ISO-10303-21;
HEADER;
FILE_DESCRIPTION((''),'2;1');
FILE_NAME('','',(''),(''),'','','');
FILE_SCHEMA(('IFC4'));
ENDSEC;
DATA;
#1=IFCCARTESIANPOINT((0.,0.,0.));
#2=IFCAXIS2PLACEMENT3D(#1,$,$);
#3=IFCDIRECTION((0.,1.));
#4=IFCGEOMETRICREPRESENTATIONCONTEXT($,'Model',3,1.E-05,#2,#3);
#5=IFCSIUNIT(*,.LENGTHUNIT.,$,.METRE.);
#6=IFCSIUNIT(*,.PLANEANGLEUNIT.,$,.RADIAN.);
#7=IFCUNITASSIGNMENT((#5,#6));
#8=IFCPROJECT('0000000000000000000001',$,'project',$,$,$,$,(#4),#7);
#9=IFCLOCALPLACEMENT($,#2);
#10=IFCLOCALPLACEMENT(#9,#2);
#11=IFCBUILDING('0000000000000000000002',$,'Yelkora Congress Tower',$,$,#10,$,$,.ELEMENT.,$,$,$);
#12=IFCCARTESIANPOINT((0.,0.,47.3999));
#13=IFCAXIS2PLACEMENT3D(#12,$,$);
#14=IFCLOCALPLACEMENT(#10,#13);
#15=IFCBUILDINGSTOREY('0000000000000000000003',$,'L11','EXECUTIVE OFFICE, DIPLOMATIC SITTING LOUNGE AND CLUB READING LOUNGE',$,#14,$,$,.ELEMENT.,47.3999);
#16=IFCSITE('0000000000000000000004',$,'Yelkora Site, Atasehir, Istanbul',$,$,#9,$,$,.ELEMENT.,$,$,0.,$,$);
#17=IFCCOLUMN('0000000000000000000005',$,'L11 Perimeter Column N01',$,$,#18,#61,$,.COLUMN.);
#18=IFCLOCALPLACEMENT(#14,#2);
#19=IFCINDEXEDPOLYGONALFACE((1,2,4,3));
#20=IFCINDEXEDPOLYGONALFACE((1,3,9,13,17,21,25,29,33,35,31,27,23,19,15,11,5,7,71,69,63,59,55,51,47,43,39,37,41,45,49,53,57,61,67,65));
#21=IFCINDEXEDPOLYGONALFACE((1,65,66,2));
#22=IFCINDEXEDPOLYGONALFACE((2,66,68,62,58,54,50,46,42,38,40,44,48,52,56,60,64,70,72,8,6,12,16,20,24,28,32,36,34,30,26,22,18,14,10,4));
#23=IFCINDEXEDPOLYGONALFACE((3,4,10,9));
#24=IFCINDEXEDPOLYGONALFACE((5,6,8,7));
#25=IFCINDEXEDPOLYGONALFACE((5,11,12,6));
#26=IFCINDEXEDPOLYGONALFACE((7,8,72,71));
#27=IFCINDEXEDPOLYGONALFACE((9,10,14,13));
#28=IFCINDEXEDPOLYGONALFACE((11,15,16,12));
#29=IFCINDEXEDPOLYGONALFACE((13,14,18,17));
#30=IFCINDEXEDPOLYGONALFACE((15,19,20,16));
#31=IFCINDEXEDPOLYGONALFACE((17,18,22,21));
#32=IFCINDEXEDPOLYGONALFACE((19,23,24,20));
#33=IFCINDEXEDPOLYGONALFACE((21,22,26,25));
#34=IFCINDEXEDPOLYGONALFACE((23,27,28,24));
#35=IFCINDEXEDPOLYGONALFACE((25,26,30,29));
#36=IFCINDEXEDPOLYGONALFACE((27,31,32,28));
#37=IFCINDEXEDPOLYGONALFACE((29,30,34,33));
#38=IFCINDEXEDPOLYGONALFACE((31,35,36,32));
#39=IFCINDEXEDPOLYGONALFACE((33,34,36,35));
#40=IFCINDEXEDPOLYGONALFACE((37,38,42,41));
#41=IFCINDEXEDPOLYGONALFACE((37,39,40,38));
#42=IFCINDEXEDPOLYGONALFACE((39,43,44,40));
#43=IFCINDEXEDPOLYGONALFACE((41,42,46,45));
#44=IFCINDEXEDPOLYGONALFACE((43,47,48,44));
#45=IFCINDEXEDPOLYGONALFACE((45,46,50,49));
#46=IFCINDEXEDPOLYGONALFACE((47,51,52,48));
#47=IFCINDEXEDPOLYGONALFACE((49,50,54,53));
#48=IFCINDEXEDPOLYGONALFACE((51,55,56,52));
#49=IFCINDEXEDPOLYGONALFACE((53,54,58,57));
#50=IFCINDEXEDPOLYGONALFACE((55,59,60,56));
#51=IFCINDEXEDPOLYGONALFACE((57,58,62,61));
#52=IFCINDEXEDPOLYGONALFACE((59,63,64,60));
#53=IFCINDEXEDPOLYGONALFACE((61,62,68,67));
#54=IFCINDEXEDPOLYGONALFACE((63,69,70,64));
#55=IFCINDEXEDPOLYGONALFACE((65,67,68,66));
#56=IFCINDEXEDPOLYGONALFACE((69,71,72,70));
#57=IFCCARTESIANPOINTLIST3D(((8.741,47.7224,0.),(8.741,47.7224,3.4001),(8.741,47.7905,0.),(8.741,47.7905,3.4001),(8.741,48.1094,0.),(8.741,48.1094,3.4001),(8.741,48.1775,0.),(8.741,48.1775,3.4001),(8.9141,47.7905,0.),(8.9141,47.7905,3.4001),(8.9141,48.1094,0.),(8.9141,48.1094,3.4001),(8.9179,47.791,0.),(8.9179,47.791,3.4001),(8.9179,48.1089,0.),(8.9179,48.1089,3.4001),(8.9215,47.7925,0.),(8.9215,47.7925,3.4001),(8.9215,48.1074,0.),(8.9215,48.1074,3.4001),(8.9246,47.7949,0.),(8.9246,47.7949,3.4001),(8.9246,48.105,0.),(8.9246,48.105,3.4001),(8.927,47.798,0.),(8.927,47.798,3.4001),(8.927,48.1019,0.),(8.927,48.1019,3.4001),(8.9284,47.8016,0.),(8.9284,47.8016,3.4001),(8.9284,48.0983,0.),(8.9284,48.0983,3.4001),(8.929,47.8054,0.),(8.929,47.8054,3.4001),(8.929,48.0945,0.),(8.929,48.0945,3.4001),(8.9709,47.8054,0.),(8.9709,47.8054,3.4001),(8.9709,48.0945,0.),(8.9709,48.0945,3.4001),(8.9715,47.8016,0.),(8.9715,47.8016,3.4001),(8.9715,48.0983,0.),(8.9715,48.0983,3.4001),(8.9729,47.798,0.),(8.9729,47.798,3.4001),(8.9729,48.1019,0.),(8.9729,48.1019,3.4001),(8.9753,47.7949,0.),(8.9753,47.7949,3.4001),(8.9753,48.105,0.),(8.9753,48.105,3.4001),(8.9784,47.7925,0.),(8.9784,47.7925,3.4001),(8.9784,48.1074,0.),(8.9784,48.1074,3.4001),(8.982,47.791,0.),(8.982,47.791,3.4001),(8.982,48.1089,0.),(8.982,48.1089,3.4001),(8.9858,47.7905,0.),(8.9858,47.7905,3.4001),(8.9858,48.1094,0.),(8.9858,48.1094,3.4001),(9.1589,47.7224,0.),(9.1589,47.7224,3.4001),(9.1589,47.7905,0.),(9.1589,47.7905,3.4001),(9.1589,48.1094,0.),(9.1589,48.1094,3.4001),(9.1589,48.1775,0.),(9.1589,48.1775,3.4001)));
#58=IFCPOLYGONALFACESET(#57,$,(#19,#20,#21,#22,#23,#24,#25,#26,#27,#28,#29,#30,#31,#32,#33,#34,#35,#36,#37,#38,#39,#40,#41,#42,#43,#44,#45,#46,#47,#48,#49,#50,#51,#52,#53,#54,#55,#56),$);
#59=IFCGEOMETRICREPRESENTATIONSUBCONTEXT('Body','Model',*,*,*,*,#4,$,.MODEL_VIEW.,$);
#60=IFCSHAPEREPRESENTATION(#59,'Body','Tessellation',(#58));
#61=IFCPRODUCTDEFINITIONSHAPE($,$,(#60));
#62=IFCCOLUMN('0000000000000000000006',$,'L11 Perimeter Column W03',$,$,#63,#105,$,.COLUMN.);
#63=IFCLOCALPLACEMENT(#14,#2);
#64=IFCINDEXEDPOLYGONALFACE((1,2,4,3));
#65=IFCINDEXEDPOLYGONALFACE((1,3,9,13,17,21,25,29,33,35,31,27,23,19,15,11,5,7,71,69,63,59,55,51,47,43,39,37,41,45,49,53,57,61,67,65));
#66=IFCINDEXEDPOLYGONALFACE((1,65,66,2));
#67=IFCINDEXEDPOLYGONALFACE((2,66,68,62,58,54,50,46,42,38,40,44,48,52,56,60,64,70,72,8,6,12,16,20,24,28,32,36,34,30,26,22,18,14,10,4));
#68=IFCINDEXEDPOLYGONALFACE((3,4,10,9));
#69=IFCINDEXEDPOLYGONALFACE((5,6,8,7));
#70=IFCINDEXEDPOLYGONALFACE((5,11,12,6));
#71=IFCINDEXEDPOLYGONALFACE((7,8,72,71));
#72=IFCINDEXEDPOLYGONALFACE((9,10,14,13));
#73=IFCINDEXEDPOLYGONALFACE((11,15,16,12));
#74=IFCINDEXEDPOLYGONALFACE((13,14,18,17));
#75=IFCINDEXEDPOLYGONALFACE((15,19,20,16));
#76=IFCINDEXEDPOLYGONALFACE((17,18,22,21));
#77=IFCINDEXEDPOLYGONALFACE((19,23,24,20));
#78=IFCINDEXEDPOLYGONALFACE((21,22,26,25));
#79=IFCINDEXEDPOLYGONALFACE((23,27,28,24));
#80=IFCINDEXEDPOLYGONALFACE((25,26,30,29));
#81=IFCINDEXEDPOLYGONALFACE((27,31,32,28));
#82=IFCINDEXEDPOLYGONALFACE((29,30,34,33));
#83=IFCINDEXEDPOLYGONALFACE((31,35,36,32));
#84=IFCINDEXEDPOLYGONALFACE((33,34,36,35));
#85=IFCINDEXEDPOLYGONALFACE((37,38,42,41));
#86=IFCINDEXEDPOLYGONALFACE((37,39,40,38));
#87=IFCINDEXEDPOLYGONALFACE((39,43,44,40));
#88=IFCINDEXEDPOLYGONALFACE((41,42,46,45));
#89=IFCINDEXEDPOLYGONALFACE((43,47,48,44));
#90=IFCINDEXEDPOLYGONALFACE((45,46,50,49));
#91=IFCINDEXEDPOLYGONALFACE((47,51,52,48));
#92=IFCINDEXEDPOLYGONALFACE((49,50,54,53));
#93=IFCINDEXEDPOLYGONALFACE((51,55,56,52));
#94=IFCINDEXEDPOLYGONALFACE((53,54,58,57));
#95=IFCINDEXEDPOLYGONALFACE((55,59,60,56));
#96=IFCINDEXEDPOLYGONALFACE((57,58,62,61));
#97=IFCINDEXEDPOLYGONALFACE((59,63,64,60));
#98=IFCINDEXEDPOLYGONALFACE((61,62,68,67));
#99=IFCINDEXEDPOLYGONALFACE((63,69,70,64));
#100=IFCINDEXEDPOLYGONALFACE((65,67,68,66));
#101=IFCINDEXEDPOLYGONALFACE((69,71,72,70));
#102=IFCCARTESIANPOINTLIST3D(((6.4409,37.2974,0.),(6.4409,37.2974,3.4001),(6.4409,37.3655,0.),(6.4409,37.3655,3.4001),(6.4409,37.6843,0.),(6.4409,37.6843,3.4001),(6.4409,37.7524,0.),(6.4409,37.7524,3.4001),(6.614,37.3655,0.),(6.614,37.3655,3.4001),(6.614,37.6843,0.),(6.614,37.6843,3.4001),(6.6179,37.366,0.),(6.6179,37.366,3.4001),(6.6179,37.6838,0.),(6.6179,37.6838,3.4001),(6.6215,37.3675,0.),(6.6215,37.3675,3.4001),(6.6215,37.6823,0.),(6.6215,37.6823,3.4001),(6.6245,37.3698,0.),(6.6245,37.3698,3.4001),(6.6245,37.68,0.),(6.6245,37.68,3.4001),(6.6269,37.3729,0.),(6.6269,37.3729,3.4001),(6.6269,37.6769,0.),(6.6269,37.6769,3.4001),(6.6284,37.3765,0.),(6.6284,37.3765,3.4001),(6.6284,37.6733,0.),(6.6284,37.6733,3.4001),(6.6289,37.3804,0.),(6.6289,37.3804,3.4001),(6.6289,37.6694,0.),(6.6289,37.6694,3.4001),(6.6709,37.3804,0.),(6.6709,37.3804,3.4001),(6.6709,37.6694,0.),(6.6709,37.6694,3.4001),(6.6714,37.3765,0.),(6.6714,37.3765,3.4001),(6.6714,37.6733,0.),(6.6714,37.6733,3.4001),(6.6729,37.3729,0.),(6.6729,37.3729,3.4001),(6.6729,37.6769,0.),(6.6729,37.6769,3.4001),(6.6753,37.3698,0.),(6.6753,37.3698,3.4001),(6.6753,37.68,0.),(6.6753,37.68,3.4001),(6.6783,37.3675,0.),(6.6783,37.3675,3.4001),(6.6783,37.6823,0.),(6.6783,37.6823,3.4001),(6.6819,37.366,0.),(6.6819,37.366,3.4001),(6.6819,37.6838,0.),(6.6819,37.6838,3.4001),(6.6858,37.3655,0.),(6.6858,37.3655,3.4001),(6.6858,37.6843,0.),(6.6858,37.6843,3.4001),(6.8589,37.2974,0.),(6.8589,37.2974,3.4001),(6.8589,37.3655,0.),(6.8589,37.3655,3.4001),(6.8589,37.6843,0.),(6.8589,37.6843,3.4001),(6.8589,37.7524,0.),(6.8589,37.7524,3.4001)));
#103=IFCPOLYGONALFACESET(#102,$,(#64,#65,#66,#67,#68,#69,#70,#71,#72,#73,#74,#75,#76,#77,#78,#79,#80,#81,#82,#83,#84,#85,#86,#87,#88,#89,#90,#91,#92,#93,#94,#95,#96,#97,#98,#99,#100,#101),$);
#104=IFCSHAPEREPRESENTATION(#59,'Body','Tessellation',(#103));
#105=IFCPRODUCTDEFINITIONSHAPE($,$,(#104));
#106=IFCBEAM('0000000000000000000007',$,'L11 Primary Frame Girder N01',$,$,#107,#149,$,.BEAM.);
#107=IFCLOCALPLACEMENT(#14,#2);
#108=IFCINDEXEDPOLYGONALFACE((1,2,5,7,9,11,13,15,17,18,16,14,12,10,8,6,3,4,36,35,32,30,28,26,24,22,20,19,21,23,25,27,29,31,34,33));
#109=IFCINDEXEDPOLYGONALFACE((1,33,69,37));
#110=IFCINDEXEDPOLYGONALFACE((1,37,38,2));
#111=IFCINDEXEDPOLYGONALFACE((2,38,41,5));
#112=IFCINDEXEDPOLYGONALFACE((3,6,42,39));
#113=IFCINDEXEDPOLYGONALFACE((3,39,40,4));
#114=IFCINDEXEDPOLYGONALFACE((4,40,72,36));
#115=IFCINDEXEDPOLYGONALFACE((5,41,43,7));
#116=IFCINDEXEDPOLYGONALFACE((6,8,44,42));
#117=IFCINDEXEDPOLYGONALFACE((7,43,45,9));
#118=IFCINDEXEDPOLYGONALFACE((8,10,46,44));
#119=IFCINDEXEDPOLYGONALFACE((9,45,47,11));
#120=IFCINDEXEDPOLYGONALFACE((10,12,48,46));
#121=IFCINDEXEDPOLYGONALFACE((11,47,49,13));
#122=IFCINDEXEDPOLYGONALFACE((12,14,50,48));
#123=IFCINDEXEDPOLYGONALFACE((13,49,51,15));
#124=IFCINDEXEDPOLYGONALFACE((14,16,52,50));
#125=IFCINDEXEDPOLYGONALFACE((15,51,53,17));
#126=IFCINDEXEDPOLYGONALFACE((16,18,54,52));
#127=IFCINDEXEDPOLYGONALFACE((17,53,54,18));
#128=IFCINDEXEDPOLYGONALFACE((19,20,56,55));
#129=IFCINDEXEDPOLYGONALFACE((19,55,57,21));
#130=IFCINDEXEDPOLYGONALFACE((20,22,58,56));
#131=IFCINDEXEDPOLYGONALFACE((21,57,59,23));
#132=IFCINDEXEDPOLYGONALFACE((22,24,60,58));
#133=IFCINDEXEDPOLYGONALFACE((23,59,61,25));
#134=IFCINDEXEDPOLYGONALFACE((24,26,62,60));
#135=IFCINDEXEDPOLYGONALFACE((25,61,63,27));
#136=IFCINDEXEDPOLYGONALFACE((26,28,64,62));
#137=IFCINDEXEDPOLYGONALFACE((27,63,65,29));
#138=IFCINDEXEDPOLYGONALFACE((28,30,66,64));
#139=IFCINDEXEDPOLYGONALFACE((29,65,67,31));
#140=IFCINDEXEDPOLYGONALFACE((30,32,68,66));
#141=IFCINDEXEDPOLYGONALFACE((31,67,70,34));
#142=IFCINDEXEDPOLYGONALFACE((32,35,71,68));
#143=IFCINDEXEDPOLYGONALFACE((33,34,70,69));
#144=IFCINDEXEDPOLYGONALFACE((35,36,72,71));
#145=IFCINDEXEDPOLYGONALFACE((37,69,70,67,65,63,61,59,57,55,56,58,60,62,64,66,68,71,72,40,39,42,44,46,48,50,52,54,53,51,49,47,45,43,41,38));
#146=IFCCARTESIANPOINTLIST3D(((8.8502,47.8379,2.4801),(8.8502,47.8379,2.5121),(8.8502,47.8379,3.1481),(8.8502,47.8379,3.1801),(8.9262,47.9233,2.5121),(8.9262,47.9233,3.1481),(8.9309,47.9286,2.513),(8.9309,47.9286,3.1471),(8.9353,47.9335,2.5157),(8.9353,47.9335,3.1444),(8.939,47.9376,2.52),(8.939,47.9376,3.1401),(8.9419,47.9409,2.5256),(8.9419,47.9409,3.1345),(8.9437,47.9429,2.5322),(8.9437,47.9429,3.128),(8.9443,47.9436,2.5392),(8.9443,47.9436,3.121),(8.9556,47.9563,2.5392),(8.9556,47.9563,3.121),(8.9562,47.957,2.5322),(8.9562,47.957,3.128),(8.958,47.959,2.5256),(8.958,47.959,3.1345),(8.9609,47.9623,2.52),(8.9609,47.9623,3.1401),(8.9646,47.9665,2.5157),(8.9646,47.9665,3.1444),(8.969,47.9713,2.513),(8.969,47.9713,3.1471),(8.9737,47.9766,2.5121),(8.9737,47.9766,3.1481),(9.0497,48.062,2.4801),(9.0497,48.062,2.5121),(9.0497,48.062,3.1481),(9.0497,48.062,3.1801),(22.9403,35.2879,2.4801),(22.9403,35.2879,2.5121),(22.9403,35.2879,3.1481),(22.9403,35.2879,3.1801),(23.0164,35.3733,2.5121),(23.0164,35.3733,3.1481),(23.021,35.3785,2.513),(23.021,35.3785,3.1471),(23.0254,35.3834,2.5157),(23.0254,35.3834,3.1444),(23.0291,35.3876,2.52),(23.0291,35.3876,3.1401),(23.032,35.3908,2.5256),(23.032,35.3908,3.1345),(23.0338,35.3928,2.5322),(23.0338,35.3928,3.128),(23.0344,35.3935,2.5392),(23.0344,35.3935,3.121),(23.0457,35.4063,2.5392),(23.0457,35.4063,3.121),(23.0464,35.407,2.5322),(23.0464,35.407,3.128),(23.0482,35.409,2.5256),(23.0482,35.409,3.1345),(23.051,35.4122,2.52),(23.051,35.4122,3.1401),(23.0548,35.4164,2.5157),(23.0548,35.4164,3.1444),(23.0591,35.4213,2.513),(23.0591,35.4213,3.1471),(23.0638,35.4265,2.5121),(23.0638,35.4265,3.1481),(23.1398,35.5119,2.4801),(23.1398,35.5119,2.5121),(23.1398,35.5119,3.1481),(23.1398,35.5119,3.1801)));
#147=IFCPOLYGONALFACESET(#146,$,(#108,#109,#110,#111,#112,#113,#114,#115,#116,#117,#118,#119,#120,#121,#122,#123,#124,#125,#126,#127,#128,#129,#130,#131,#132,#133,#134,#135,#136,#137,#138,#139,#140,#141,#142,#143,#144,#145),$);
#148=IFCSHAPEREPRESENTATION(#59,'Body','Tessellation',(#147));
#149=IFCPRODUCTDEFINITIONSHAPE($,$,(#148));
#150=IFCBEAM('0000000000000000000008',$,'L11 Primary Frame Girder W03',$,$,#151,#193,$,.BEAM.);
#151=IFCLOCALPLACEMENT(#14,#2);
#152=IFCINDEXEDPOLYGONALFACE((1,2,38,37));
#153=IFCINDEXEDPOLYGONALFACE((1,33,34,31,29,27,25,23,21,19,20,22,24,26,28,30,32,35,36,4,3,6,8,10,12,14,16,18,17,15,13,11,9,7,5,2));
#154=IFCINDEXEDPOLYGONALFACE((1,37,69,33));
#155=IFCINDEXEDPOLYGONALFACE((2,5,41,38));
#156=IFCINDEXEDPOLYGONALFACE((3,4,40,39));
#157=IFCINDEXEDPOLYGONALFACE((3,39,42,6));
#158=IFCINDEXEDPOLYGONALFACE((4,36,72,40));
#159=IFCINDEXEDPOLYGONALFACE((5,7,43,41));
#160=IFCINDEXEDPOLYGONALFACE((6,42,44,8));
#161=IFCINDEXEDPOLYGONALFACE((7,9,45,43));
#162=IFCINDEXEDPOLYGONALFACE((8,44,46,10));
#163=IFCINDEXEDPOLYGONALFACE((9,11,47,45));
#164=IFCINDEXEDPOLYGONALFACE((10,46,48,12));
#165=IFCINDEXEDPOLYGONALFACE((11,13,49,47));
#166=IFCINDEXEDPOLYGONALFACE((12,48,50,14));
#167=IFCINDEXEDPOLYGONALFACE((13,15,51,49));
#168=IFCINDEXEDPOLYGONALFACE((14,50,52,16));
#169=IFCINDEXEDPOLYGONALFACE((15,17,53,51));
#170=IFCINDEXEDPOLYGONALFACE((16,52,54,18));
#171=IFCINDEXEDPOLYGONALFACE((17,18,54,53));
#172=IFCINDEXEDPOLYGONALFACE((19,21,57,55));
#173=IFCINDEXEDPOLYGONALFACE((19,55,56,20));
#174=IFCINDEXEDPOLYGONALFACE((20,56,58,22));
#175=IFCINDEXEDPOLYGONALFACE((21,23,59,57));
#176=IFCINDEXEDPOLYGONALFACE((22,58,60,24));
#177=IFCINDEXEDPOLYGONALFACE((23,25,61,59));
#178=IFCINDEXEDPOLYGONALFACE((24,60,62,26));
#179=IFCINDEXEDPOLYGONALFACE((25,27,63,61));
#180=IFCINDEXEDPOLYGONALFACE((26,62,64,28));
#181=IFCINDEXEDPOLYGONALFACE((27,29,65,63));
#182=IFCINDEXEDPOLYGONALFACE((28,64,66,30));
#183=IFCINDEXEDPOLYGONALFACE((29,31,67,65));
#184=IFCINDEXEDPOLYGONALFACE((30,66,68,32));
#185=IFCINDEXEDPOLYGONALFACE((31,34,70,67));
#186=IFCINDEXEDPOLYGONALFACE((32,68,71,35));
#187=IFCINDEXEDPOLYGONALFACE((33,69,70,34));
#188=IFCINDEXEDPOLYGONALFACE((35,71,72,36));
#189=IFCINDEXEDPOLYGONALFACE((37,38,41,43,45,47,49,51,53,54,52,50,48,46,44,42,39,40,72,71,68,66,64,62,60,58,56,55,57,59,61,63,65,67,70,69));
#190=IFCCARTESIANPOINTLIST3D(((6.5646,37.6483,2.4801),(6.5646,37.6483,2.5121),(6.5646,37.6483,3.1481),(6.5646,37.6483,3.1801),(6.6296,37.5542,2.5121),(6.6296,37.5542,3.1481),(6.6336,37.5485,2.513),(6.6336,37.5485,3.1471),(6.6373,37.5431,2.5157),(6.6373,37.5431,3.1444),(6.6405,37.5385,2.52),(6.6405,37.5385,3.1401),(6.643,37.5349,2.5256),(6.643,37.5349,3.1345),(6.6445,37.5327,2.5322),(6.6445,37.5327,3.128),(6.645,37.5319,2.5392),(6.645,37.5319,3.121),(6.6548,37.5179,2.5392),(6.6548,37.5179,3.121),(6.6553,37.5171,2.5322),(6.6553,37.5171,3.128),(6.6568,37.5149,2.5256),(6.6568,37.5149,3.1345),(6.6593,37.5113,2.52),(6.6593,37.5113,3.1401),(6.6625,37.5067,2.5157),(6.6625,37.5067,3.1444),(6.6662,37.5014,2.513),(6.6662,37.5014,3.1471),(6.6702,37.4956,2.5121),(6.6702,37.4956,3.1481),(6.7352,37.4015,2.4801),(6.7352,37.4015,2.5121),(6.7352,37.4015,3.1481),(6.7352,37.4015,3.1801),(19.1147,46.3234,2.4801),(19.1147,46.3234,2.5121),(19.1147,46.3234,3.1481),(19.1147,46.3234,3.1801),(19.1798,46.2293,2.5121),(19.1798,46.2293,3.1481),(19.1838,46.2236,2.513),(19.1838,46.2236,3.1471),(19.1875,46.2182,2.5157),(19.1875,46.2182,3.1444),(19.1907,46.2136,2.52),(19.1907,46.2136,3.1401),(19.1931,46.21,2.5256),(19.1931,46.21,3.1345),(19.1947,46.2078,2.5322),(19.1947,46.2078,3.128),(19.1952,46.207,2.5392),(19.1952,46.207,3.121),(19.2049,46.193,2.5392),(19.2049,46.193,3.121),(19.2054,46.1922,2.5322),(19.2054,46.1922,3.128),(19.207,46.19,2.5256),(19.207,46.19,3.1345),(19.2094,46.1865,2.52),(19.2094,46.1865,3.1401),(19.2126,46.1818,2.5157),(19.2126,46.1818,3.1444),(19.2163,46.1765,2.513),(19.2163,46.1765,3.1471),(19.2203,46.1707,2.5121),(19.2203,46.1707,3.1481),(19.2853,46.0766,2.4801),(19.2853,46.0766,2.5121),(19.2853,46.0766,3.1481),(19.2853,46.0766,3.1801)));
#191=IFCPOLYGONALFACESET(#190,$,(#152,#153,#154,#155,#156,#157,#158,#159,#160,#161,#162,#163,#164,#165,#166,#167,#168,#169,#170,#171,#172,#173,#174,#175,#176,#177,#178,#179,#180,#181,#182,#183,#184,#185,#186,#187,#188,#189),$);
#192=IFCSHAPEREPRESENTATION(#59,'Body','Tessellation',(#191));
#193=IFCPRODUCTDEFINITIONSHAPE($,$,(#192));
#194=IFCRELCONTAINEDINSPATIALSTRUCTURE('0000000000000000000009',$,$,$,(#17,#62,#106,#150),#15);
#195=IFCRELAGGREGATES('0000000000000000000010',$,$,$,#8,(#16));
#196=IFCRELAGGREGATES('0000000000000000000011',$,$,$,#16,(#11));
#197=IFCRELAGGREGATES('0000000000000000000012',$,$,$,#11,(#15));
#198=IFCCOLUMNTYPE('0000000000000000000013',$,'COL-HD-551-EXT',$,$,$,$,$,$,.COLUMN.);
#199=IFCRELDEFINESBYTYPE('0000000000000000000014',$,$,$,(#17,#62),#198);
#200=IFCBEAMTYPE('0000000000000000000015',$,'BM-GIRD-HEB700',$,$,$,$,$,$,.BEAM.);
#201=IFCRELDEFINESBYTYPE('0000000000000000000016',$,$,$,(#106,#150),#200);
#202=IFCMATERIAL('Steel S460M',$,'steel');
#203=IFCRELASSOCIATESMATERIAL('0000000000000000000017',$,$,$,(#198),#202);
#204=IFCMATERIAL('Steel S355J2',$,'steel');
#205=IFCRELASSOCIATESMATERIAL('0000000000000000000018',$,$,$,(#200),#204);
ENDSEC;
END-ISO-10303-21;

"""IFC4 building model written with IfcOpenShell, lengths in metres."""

from ifc_helpers import new_model, si_unit, direction, frame, origin, origin_2d, place, context, subcontext, project, spatial, i_section, extrude, material, material_profile, profile_set, type_object, element, save


model = new_model("IFC4")

# Units and contexts
model_context = context("Model", 3, precision=1e-05, world=origin(), true_north=direction((0.0, 1.0)))
body_context = subcontext(model_context, "Body", "Model", "MODEL_VIEW")
ifc_project = project(units=[si_unit("LENGTHUNIT", "METRE"), si_unit("PLANEANGLEUNIT", "RADIAN")], contexts=[model_context])

# Site, building, storey
site_placement = place(None, origin())
site = spatial("IfcSite", under=ifc_project, at=site_placement, Name="Yelkora Site, Atasehir, Istanbul", CompositionType="ELEMENT", RefElevation=0.0)
building_placement = place(site_placement, origin())
building = spatial("IfcBuilding", under=site, at=building_placement, Name="Yelkora Congress Tower", CompositionType="ELEMENT")
storey_placement = place(building_placement, frame((0.0, 0.0, 47.3999)))
storey = spatial("IfcBuildingStorey", under=building, at=storey_placement, Name="L11", Description="EXECUTIVE OFFICE, DIPLOMATIC SITTING LOUNGE AND CLUB READING LOUNGE", CompositionType="ELEMENT", Elevation=47.3999)

# Columns
ifc_material_1 = material(Name="Steel S460M", Category="steel")
ifc_material_profile_1 = material_profile(ifc_material_1, i_section(OverallWidth=0.418, OverallDepth=0.4551, WebThickness=0.042, FlangeThickness=0.0681, FilletRadius=0.0149, at=origin_2d()), Name="HD 400x551")
ifc_profile_set_1 = profile_set([ifc_material_profile_1], Name="Steel S460M")
column_type = type_object("IfcColumnType", Name="COL-HD-551-EXT", PredefinedType="COLUMN", material=ifc_profile_set_1)
for number, where, z_axis, x_axis, name in (
    (1, (8.95, 47.95, 0.0), (0.0, 0.0, 1.0), (1.0, 0.0, 0.0), "L11 Perimeter Column N01"),
    (2, (6.6499, 37.5249, 0.0), (0.0, 0.0, 1.0), (1.0, 0.0, 0.0), "L11 Perimeter Column W03"),
):
    element("IfcColumn", number, at=place(storey_placement, frame(where, z_axis=z_axis, x_axis=x_axis)), inside=storey, type_object=column_type, Name=name, PredefinedType="COLUMN", context=body_context, shape_type="SweptSolid", body=[
        extrude(i_section(OverallWidth=0.418, OverallDepth=0.4551, WebThickness=0.042, FlangeThickness=0.0681, FilletRadius=0.0149, at=origin_2d()), origin(), (0.0, 0.0, 1.0), 3.4001),
    ])

# Beams
ifc_material_2 = material(Name="Steel S355J2", Category="steel")
ifc_material_profile_2 = material_profile(ifc_material_2, i_section(OverallWidth=0.3, OverallDepth=0.7, WebThickness=0.0171, FlangeThickness=0.032, FilletRadius=0.0271, at=origin_2d()), Name="HEB 700")
ifc_profile_set_2 = profile_set([ifc_material_profile_2], Name="Steel S355J2")
beam_type_1 = type_object("IfcBeamType", Name="BM-GIRD-HEB700", PredefinedType="BEAM", material=ifc_profile_set_2)
beam_1_placement = place(storey_placement, frame((8.95, 47.95, 2.8301), z_axis=(0.746737, -0.665119, 0.0), x_axis=(0.665119, 0.746737, 0.0)))
element("IfcBeam", 3, at=beam_1_placement, inside=storey, type_object=beam_type_1, Name="L11 Primary Frame Girder N01", PredefinedType="BEAM", context=body_context, shape_type="SweptSolid", body=[
    extrude(i_section(OverallWidth=0.3, OverallDepth=0.7, WebThickness=0.0171, FlangeThickness=0.032, FilletRadius=0.0271, at=origin_2d()), origin(), (0.0, 0.0, 1.0), 18.8689),
])
beam_2_placement = place(storey_placement, frame((6.6499, 37.5249, 2.8301), z_axis=(0.822604, 0.568614, 0.0), x_axis=(-0.568614, 0.822604, 0.0)))
element("IfcBeam", 4, at=beam_2_placement, inside=storey, type_object=beam_type_1, Name="L11 Primary Frame Girder W03", PredefinedType="BEAM", context=body_context, shape_type="SweptSolid", body=[
    extrude(i_section(OverallWidth=0.3, OverallDepth=0.7, WebThickness=0.0171, FlangeThickness=0.032, FilletRadius=0.0271, at=origin_2d()), origin(), (0.0, 0.0, 1.0), 15.2566),
])

save(model, "model.ifc")
